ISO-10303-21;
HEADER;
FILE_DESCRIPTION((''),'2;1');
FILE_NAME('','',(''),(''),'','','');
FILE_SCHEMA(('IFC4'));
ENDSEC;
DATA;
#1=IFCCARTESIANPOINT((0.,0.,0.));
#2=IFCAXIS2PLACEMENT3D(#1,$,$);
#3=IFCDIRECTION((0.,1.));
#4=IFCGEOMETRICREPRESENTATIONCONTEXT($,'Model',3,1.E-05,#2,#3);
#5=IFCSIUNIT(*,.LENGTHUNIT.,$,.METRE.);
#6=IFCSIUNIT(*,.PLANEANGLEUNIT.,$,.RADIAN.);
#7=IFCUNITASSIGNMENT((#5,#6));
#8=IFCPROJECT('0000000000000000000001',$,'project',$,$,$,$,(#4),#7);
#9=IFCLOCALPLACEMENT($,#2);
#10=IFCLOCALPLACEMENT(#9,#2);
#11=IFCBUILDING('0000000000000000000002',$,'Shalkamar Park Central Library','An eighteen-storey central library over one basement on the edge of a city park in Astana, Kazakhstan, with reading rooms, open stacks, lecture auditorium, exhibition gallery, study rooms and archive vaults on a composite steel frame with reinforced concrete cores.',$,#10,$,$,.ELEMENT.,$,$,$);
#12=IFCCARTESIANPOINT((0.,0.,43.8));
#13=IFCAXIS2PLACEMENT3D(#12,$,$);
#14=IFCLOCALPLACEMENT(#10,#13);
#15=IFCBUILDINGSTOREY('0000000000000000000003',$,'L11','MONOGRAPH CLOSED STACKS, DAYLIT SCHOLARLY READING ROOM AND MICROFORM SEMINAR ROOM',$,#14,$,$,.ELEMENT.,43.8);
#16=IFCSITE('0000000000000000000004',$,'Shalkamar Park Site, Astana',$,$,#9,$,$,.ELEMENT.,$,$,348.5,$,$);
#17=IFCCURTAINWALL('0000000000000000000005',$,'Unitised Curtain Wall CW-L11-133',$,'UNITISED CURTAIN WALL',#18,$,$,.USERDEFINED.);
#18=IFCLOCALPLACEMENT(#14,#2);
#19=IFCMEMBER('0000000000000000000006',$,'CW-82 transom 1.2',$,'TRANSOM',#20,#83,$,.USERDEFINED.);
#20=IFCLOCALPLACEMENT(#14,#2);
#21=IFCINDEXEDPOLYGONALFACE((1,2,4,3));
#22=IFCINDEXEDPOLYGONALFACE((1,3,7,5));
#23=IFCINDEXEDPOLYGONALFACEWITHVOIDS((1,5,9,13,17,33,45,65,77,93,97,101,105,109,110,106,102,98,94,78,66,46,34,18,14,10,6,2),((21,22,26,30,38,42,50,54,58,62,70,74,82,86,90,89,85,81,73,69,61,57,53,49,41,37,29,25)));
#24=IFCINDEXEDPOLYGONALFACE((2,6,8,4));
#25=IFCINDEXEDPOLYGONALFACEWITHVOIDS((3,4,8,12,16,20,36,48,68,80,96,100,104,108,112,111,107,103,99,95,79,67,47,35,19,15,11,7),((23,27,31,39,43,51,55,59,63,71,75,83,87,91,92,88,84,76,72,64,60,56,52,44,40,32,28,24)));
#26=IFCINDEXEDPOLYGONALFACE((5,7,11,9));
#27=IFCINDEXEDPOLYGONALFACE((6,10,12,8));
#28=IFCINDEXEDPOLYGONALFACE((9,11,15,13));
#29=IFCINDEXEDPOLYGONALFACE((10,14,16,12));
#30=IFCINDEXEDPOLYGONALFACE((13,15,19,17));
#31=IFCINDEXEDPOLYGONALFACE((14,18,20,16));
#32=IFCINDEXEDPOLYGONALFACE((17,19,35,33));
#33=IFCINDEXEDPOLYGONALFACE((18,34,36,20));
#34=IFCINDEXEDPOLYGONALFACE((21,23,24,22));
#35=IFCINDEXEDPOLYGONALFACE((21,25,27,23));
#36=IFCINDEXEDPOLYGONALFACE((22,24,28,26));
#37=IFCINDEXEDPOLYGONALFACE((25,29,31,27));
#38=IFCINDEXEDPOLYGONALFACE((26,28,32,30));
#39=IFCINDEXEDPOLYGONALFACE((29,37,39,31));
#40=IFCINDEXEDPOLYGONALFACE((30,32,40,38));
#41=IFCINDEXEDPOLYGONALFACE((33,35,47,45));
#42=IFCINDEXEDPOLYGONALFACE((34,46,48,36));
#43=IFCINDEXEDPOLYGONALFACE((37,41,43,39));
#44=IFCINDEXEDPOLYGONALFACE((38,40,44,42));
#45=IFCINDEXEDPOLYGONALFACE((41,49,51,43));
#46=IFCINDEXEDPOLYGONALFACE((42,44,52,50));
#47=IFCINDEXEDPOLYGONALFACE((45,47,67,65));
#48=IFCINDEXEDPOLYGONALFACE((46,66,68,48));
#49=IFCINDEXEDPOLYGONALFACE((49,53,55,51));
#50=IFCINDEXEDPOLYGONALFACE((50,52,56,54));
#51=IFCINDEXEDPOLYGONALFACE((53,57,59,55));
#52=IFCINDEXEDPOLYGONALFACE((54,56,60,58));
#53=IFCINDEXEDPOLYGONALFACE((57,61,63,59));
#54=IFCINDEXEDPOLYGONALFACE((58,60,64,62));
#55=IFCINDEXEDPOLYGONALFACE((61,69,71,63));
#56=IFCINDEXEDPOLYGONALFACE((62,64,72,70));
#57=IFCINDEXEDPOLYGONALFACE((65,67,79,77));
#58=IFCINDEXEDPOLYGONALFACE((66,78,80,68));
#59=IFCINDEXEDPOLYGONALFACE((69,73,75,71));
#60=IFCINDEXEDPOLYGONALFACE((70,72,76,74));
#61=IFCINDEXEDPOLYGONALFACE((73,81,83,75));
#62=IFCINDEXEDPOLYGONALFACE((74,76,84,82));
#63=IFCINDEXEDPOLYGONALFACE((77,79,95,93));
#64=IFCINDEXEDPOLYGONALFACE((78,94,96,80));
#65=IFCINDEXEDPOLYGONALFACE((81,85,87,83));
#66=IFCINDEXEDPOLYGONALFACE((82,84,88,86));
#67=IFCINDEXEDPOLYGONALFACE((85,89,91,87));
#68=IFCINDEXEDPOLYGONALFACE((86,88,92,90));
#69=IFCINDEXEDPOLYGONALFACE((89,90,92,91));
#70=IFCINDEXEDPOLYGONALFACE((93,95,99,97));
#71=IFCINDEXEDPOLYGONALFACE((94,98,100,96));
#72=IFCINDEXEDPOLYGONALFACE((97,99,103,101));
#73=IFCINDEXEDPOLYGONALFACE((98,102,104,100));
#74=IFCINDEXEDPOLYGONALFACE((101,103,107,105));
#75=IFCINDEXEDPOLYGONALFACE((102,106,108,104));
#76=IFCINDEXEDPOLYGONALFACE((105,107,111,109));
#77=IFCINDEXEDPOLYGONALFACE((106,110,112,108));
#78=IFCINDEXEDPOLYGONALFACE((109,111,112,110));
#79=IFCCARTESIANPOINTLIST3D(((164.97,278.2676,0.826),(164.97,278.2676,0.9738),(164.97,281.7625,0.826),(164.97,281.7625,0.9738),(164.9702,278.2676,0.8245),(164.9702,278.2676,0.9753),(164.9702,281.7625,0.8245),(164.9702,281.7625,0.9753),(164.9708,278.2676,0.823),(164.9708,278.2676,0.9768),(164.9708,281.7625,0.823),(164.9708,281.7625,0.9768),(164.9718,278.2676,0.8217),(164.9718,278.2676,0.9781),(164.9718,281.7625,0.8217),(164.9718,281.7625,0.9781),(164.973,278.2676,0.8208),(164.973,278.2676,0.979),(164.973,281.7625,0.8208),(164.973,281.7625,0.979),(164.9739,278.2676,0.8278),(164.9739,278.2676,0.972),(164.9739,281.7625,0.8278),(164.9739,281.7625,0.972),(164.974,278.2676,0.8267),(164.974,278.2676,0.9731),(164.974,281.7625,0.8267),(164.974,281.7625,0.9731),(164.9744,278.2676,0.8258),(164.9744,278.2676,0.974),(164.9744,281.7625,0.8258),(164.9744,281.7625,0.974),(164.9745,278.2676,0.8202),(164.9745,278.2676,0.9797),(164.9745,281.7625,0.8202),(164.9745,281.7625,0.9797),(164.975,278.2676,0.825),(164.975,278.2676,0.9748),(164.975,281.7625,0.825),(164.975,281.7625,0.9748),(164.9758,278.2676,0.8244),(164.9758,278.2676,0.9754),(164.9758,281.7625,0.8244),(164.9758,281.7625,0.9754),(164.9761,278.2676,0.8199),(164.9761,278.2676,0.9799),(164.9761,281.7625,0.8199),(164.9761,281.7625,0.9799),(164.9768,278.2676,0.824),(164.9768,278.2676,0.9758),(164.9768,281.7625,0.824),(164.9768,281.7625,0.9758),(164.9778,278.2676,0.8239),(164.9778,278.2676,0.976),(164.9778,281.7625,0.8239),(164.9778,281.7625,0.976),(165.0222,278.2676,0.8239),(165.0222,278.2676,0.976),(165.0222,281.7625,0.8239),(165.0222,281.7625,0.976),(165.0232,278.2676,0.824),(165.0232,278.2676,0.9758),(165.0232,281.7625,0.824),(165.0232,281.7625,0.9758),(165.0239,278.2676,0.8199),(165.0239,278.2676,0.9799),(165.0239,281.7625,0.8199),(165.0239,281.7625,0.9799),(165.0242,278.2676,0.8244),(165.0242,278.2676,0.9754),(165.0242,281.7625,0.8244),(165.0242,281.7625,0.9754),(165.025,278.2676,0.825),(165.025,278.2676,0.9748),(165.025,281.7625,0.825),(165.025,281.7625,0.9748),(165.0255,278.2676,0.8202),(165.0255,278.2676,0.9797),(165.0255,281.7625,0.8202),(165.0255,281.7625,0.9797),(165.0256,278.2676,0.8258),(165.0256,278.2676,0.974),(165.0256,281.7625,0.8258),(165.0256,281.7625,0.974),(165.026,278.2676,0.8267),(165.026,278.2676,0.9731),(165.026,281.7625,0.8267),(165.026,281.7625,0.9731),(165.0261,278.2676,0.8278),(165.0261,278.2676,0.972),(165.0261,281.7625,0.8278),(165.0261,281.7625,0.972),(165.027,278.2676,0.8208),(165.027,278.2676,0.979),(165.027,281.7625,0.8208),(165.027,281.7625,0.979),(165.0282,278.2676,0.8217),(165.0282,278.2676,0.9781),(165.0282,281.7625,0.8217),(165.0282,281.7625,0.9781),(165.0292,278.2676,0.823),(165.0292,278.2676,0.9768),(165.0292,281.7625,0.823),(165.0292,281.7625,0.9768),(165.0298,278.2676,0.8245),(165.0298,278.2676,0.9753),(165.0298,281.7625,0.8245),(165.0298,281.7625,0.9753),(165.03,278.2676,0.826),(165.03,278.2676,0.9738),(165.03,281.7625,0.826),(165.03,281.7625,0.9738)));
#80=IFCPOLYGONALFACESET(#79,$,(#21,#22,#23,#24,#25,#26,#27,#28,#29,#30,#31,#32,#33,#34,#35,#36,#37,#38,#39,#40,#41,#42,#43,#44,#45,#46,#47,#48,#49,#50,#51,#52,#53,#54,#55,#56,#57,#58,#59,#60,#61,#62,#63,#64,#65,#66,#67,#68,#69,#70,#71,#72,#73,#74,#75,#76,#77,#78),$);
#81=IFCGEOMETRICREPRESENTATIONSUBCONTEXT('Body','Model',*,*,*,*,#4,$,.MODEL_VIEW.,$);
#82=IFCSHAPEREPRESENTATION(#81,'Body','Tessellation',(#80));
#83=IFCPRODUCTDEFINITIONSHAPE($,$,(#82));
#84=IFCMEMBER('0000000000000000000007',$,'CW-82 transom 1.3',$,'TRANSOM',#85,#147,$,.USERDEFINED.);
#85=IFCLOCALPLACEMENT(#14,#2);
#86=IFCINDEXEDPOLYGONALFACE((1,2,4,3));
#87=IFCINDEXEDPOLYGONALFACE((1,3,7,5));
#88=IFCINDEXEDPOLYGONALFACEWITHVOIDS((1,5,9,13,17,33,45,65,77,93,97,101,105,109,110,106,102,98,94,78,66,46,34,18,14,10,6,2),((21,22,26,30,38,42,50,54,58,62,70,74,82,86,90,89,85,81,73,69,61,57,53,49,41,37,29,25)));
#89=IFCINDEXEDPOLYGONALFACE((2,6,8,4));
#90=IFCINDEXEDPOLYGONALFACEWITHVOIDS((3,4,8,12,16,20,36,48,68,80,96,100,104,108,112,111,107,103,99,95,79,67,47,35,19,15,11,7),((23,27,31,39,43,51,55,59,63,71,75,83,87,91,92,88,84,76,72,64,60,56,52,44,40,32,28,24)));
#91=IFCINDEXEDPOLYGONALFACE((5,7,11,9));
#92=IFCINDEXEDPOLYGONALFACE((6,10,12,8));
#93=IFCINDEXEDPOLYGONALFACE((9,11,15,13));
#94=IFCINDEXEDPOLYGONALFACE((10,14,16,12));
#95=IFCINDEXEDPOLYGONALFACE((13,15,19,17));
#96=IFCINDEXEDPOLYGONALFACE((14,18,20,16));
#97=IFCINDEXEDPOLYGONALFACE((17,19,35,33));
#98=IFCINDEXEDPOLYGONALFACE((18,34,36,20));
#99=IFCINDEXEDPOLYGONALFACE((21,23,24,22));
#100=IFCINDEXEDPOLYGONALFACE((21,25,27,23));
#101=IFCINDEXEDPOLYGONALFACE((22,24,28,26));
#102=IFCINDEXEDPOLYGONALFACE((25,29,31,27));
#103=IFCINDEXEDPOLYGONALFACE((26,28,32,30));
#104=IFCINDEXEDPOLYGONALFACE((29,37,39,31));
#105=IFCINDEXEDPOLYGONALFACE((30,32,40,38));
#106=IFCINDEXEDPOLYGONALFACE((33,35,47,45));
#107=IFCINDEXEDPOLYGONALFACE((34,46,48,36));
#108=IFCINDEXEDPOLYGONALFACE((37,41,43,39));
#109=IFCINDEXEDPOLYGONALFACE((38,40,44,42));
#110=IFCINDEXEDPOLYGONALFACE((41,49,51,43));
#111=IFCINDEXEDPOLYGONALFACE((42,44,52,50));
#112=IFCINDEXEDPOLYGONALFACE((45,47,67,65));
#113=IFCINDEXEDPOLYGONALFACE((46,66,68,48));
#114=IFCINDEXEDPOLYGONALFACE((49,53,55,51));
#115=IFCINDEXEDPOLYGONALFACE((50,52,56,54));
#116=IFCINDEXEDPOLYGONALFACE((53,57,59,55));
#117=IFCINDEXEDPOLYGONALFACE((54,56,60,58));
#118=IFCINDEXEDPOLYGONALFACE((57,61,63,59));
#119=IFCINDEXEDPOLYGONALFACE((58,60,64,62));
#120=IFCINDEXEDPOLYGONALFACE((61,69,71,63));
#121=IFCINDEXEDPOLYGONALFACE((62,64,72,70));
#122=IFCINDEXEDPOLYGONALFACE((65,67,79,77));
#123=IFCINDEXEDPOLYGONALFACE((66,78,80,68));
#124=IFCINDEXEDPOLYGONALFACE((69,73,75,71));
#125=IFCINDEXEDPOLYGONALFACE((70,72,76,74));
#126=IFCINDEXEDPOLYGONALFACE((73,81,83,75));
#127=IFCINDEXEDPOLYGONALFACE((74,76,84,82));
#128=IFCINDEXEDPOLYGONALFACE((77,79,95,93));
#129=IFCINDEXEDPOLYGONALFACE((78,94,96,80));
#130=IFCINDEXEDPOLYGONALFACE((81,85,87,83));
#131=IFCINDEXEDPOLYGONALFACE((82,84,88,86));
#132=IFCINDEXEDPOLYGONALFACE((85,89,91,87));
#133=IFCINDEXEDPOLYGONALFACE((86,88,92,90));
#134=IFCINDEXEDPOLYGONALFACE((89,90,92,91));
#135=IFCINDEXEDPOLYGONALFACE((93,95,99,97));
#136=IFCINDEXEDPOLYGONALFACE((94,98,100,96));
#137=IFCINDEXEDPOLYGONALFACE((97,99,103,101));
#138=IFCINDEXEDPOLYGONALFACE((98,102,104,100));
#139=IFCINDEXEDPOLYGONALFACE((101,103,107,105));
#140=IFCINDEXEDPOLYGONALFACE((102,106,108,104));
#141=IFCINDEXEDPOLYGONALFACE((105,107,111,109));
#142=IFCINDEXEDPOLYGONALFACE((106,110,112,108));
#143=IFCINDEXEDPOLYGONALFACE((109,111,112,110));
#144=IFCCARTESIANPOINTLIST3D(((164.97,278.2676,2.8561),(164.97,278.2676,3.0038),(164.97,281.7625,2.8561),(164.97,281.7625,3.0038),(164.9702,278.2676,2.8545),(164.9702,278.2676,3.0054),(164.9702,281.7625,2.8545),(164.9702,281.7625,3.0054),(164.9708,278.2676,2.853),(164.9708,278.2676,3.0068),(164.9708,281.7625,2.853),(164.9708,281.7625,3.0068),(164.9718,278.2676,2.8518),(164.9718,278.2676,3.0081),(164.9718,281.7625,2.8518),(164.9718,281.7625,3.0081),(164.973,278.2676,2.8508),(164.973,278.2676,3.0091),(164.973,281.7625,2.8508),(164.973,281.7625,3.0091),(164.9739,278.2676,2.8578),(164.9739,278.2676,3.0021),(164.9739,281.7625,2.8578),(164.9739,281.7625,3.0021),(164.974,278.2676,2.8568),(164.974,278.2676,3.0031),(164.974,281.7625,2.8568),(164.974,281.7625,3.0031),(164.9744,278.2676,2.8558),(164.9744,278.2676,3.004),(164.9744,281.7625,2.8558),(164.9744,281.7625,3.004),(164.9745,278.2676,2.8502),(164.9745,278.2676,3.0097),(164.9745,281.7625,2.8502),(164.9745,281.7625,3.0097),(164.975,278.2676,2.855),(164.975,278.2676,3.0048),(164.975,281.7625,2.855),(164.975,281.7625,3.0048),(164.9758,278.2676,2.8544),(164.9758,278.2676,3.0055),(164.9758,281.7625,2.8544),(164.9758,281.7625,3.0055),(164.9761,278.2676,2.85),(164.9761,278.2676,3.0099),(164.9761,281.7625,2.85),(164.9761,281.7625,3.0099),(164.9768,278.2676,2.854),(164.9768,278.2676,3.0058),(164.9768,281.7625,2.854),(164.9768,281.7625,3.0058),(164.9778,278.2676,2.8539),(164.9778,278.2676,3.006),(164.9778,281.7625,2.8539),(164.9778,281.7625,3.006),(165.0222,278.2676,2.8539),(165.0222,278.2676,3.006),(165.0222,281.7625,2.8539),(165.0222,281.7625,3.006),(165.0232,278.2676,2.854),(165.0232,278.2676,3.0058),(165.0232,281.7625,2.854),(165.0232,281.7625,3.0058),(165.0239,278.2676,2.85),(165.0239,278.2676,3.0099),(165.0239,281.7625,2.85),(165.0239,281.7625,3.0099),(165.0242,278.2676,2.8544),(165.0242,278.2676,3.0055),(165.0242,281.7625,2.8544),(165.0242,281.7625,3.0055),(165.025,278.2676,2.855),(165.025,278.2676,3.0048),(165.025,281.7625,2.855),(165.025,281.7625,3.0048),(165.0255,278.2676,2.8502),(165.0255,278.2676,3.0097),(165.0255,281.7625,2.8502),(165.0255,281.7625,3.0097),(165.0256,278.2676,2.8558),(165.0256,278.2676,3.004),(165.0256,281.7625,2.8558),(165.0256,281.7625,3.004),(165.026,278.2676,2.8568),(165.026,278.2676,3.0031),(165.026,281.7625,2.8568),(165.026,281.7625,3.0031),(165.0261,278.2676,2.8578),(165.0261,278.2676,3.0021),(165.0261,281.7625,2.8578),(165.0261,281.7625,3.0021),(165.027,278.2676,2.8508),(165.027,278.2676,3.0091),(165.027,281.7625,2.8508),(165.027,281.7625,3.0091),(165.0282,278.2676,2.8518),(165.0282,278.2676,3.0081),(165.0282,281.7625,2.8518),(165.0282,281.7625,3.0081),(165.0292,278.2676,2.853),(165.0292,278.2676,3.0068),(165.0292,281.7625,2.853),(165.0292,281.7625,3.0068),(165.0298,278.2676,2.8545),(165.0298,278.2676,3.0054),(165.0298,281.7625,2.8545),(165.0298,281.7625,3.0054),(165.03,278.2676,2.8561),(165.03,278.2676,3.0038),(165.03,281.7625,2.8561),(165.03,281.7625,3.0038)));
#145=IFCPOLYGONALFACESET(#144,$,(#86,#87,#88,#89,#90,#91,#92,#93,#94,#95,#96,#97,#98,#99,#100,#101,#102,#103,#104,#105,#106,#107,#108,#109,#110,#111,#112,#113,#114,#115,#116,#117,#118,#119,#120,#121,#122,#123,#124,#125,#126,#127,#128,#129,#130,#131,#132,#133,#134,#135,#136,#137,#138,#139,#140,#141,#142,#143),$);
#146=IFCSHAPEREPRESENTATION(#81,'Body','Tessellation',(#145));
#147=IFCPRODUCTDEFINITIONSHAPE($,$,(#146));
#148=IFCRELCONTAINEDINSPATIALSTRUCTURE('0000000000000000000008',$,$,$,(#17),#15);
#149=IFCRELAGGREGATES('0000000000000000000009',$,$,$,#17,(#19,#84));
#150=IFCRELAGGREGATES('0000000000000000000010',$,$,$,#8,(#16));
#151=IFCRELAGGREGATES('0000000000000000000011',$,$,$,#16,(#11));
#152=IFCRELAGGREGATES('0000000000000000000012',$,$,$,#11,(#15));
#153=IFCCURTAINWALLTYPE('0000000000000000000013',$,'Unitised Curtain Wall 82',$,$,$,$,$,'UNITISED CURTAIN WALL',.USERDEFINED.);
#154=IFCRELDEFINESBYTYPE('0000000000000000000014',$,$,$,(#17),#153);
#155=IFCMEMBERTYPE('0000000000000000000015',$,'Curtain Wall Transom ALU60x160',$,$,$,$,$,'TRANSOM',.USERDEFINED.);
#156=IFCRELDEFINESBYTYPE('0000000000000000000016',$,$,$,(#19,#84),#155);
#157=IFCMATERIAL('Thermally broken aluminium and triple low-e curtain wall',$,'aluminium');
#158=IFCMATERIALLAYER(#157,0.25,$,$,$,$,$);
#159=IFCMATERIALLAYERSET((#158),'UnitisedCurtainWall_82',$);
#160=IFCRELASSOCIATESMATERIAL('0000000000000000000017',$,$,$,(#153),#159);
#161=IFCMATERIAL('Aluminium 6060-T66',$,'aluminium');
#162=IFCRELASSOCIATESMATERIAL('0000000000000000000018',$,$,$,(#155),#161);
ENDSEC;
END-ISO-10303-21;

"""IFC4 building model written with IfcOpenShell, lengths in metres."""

from ifc_helpers import new_model, si_unit, direction, frame, origin, origin_2d, place, context, subcontext, project, spatial, hollow_rectangle, extrude, material, layer, layer_set, material_profile, profile_set, type_object, element, aggregate, save


model = new_model("IFC4")

# Units and contexts
model_context = context("Model", 3, precision=1e-05, world=origin(), true_north=direction((0.0, 1.0)))
body_context = subcontext(model_context, "Body", "Model", "MODEL_VIEW")
ifc_project = project(units=[si_unit("LENGTHUNIT", "METRE"), si_unit("PLANEANGLEUNIT", "RADIAN")], contexts=[model_context])

# Site, building, storey
site_placement = place(None, origin())
site = spatial("IfcSite", under=ifc_project, at=site_placement, Name="Shalkamar Park Site, Astana", CompositionType="ELEMENT", RefElevation=348.5)
building_placement = place(site_placement, origin())
building = spatial("IfcBuilding", under=site, at=building_placement, Name="Shalkamar Park Central Library", Description="An eighteen-storey central library over one basement on the edge of a city park in Astana, Kazakhstan, with reading rooms, open stacks, lecture auditorium, exhibition gallery, study rooms and archive vaults on a composite steel frame with reinforced concrete cores.", CompositionType="ELEMENT")
storey_placement = place(building_placement, frame((0.0, 0.0, 43.8)))
storey = spatial("IfcBuildingStorey", under=building, at=storey_placement, Name="L11", Description="MONOGRAPH CLOSED STACKS, DAYLIT SCHOLARLY READING ROOM AND MICROFORM SEMINAR ROOM", CompositionType="ELEMENT", Elevation=43.8)

# Curtain wall
ifc_material_1 = material(Name="Thermally broken aluminium and triple low-e curtain wall", Category="aluminium")
ifc_layer_1 = layer(ifc_material_1, 0.25)
ifc_layer_set_1 = layer_set([ifc_layer_1], Name="UnitisedCurtainWall_82")
curtain_wall_type_1 = type_object("IfcCurtainWallType", Name="Unitised Curtain Wall 82", ElementType="UNITISED CURTAIN WALL", PredefinedType="USERDEFINED", material=ifc_layer_set_1)
curtain_wall_1_placement = place(storey_placement, origin())
curtain_wall_1 = element("IfcCurtainWall", 1, at=curtain_wall_1_placement, inside=storey, type_object=curtain_wall_type_1, Name="Unitised Curtain Wall CW-L11-133", ObjectType="UNITISED CURTAIN WALL", PredefinedType="USERDEFINED")
ifc_material_2 = material(Name="Aluminium 6060-T66", Category="aluminium")

# Members
ifc_material_profile_1 = material_profile(ifc_material_2, hollow_rectangle(XDim=0.0601, YDim=0.1599, WallThickness=0.0039, InnerFilletRadius=0.0039, OuterFilletRadius=0.0061, at=origin_2d()), Name="ALU 60x160x4")
ifc_profile_set_1 = profile_set([ifc_material_profile_1], Name="Aluminium 6060-T66")
member_type_1 = type_object("IfcMemberType", Name="Curtain Wall Transom ALU60x160", ElementType="TRANSOM", PredefinedType="USERDEFINED", material=ifc_profile_set_1)
member_1_placement = place(storey_placement, frame((165.0, 278.2676, 0.8999), z_axis=(0.0, 1.0, 0.0), x_axis=(-1.0, 0.0, 0.0)))
member_1 = element("IfcMember", 2, at=member_1_placement, type_object=member_type_1, Name="CW-82 transom 1.2", ObjectType="TRANSOM", PredefinedType="USERDEFINED", context=body_context, shape_type="SweptSolid", body=[
    extrude(hollow_rectangle(XDim=0.0601, YDim=0.1599, WallThickness=0.0039, InnerFilletRadius=0.0039, OuterFilletRadius=0.0061, at=origin_2d()), origin(), (0.0, 0.0, 1.0), 3.4949),
])
member_2_placement = place(storey_placement, frame((165.0, 278.2676, 2.9299), z_axis=(0.0, 1.0, 0.0), x_axis=(-1.0, 0.0, 0.0)))
member_2 = element("IfcMember", 3, at=member_2_placement, type_object=member_type_1, Name="CW-82 transom 1.3", ObjectType="TRANSOM", PredefinedType="USERDEFINED", context=body_context, shape_type="SweptSolid", body=[
    extrude(hollow_rectangle(XDim=0.0601, YDim=0.1599, WallThickness=0.0039, InnerFilletRadius=0.0039, OuterFilletRadius=0.0061, at=origin_2d()), origin(), (0.0, 0.0, 1.0), 3.4949),
])

aggregate(curtain_wall_1, [member_1, member_2])

save(model, "model.ifc")
